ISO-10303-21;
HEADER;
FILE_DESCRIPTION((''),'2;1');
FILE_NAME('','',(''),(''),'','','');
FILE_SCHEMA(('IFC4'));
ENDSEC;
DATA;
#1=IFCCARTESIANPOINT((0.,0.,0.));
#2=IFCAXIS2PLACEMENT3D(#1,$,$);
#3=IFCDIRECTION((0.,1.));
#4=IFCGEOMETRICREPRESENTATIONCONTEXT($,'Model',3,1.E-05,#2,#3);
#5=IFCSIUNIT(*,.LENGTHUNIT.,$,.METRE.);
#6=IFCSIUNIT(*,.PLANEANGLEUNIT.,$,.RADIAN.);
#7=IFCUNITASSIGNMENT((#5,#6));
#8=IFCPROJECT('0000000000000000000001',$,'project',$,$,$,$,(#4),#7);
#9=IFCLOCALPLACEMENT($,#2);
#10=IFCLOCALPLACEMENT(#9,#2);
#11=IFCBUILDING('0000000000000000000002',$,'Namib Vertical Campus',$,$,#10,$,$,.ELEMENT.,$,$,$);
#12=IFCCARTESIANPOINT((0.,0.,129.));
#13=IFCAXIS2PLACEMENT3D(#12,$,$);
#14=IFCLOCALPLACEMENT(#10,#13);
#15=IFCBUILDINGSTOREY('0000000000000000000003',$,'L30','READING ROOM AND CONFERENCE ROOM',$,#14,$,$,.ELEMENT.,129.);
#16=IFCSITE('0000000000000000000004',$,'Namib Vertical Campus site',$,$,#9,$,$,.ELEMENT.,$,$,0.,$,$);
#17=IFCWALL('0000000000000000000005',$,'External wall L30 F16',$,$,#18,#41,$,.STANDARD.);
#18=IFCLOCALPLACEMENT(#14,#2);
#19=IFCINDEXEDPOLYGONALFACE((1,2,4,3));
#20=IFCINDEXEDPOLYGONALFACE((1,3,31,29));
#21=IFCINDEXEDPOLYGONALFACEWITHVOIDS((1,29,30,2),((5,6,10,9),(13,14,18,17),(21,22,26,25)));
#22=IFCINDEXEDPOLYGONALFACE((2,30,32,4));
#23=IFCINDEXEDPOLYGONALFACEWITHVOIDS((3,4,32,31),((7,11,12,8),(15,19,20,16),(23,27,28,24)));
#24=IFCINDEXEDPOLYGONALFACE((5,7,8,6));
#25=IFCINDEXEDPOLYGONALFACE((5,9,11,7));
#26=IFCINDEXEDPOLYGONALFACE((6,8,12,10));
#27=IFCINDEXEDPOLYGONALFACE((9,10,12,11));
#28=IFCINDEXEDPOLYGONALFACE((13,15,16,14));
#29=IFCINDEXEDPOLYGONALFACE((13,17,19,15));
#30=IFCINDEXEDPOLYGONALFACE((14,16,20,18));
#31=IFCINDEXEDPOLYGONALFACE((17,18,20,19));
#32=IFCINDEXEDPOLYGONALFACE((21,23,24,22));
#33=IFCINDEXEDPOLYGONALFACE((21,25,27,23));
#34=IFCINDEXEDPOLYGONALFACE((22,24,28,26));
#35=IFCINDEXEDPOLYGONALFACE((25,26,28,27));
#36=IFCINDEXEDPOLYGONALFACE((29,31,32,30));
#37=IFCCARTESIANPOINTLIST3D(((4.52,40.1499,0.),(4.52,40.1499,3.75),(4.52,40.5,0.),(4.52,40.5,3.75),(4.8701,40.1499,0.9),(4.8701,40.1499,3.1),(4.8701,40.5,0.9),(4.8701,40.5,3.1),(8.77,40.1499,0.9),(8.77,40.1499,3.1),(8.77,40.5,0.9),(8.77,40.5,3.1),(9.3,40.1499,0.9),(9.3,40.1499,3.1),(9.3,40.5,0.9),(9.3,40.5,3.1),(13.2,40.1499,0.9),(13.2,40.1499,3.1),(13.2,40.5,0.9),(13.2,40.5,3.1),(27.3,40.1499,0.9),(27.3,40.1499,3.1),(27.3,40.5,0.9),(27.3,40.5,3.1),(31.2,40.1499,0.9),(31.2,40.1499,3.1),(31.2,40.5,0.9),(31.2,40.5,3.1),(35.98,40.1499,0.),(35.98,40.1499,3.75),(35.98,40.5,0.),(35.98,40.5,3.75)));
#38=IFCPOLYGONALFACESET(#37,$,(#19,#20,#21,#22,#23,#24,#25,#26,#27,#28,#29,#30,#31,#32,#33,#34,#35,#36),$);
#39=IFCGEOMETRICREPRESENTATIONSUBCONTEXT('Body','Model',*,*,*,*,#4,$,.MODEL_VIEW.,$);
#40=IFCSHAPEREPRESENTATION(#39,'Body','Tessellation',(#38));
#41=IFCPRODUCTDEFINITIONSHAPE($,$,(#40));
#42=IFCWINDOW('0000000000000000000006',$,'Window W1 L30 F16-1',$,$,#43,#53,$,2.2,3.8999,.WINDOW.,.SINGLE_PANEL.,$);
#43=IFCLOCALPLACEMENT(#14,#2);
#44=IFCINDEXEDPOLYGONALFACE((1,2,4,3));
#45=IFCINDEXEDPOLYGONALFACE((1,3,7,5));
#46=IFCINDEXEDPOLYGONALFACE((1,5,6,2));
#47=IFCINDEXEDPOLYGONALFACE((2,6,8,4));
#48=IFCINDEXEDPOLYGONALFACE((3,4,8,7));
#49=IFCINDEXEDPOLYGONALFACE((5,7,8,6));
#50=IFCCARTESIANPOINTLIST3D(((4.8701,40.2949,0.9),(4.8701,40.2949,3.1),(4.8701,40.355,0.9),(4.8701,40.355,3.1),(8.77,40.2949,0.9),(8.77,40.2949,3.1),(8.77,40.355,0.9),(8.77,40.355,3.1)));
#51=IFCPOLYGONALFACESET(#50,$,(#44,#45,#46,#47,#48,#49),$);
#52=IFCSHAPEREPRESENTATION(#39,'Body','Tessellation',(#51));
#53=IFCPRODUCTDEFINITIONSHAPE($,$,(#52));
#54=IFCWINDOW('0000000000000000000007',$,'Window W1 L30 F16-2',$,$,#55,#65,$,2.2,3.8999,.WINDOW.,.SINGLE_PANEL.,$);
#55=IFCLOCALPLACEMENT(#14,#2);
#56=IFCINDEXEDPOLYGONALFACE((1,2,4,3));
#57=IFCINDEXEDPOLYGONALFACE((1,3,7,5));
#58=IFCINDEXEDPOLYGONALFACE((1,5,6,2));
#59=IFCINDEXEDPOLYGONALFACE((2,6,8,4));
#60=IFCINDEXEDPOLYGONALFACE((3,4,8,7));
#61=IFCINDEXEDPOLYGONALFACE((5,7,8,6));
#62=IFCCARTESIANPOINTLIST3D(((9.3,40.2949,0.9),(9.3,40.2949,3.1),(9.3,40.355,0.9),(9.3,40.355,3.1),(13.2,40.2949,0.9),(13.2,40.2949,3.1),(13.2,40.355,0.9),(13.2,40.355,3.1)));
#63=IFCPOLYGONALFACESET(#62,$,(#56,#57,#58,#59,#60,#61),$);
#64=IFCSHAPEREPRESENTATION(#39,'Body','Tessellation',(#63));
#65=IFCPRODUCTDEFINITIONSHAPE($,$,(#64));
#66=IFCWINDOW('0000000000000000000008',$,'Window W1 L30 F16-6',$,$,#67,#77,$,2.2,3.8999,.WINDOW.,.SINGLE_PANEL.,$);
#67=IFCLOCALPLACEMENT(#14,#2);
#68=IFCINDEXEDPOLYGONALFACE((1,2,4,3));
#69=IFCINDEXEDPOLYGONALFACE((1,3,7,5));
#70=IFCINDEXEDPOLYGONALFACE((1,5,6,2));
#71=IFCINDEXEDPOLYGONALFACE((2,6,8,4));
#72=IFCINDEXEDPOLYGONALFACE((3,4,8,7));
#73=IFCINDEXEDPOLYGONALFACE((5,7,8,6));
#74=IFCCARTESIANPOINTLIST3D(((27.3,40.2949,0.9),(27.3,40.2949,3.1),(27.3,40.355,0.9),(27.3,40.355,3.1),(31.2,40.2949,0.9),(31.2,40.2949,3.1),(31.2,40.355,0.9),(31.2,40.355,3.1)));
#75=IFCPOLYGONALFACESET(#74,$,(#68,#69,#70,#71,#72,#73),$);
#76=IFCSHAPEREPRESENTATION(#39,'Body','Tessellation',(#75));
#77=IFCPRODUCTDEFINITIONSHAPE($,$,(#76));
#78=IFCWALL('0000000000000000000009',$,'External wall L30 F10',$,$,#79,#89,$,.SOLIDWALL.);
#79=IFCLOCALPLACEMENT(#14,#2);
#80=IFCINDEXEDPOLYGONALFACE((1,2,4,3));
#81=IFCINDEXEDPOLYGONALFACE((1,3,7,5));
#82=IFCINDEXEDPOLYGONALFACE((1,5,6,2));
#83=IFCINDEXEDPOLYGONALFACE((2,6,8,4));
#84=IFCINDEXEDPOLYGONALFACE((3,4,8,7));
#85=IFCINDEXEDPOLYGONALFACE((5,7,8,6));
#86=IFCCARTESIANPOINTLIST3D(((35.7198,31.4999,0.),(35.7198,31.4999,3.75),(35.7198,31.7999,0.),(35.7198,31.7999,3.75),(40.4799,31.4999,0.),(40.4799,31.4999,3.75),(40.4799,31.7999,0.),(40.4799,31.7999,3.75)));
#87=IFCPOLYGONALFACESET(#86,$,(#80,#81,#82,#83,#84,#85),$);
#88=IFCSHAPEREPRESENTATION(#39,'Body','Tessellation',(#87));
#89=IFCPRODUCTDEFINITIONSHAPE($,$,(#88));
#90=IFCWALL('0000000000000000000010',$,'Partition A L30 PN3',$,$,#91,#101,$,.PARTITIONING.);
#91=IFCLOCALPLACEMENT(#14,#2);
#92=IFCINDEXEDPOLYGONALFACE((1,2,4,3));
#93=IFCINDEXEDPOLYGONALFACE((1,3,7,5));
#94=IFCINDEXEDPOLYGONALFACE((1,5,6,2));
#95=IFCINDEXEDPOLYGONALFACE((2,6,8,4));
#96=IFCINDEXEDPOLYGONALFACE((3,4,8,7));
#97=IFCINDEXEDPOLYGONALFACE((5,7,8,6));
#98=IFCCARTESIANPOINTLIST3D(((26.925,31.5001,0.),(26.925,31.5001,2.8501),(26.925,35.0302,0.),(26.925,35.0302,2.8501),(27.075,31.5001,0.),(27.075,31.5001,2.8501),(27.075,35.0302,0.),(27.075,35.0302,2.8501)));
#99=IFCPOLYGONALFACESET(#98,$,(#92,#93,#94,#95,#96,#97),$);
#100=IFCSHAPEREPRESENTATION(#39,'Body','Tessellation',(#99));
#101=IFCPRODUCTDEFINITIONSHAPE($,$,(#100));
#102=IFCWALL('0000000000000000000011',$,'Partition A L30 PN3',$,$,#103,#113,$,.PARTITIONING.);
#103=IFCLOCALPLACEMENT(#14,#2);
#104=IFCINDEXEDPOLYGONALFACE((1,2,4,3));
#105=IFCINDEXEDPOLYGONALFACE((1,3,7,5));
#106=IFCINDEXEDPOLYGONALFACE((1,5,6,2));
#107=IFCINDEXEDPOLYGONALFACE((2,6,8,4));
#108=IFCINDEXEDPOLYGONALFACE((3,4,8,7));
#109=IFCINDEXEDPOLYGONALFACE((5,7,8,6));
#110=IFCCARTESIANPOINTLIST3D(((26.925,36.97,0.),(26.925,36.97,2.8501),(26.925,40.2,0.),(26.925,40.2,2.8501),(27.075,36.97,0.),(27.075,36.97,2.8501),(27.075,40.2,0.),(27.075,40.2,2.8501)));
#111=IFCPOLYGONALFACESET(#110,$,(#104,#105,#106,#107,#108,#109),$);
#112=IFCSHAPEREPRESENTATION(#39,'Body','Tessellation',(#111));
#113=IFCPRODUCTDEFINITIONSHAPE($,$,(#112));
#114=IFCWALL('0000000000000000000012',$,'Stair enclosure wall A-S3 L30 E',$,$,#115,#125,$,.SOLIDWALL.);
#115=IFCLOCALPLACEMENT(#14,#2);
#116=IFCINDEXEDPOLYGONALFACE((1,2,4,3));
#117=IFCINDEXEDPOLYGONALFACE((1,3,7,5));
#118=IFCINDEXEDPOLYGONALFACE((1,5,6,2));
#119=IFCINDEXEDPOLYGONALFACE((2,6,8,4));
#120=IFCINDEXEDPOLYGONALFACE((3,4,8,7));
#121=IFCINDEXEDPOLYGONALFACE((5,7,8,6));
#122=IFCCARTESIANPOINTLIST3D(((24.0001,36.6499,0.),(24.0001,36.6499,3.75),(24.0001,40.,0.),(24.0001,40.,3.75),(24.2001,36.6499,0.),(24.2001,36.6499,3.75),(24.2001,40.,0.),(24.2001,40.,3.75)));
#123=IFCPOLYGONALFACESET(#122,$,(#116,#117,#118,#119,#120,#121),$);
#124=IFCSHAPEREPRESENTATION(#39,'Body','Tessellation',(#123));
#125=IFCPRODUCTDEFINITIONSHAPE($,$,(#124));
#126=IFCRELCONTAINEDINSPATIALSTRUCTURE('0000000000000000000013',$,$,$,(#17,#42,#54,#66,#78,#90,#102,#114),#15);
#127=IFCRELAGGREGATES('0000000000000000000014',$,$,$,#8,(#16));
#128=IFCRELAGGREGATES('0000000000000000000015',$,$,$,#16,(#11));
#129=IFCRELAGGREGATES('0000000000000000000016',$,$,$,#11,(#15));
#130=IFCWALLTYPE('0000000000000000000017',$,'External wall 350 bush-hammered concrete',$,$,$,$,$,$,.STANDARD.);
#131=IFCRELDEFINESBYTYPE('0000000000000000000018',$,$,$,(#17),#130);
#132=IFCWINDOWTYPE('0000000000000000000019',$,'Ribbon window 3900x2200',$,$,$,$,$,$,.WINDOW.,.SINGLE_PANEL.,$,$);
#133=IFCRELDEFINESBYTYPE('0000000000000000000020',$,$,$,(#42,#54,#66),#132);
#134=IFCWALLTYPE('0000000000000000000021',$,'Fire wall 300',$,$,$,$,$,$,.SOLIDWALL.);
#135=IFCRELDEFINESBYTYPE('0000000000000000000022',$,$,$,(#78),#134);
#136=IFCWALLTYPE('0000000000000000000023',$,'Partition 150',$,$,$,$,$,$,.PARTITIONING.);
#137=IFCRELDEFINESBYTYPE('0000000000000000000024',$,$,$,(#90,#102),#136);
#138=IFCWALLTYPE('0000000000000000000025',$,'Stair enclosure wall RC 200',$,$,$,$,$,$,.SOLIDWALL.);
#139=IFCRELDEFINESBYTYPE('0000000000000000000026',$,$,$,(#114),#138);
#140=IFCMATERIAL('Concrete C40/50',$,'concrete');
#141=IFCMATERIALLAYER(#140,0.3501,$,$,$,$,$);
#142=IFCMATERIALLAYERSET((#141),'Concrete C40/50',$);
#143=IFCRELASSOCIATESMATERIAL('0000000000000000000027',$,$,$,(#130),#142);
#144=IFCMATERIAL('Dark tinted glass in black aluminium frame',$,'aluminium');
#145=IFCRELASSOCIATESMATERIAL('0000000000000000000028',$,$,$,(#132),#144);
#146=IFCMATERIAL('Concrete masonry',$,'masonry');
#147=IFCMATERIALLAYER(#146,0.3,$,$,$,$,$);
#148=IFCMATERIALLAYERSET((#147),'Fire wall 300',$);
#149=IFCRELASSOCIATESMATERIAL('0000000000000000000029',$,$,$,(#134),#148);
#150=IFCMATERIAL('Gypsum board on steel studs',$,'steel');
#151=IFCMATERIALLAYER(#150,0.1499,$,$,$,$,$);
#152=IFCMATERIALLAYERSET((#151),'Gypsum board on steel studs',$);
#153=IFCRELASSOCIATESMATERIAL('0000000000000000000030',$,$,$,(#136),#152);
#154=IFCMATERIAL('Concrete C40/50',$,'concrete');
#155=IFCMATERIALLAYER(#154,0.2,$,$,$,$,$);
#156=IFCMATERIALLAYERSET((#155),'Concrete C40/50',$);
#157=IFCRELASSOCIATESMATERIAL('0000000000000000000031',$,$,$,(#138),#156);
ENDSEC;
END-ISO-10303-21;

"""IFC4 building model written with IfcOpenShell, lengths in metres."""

from ifc_helpers import new_model, si_unit, direction, frame, frame_2d, origin, place, context, subcontext, project, spatial, rectangle, extrude, material, layer, layer_set, type_object, element, fill, save


model = new_model("IFC4")

# Units and contexts
model_context = context("Model", 3, precision=1e-05, world=origin(), true_north=direction((0.0, 1.0)))
body_context = subcontext(model_context, "Body", "Model", "MODEL_VIEW")
ifc_project = project(units=[si_unit("LENGTHUNIT", "METRE"), si_unit("PLANEANGLEUNIT", "RADIAN")], contexts=[model_context])

# Site, building, storey
site_placement = place(None, origin())
site = spatial("IfcSite", under=ifc_project, at=site_placement, Name="Namib Vertical Campus site", CompositionType="ELEMENT", RefElevation=0.0)
building_placement = place(site_placement, origin())
building = spatial("IfcBuilding", under=site, at=building_placement, Name="Namib Vertical Campus", CompositionType="ELEMENT")
storey_placement = place(building_placement, frame((0.0, 0.0, 129.0)))
storey = spatial("IfcBuildingStorey", under=building, at=storey_placement, Name="L30", Description="READING ROOM AND CONFERENCE ROOM", CompositionType="ELEMENT", Elevation=129.0)

# Shared definitions
ifc_material_1 = material(Name="Concrete C40/50", Category="concrete")
ifc_layer_1 = layer(ifc_material_1, 0.3501)
ifc_layer_set_1 = layer_set([ifc_layer_1], Name="Concrete C40/50")
wall_type_1 = type_object("IfcWallType", Name="External wall 350 bush-hammered concrete", PredefinedType="STANDARD", material=ifc_layer_set_1)

# Wall, openings, windows
wall_1_placement = place(storey_placement, frame((35.98, 40.325, 0.0), z_axis=(0.0, 0.0, 1.0), x_axis=(-1.0, 0.0, 0.0)))
wall_1 = element("IfcWall", 1, at=wall_1_placement, inside=storey, type_object=wall_type_1, Name="External wall L30 F16", PredefinedType="STANDARD", context=body_context, shape_type="SweptSolid", body=[
    extrude(rectangle(XDim=31.46, YDim=0.3501, at=frame_2d((15.73, 0.0))), origin(), (0.0, 0.0, 1.0), 3.75),
])
opening_1_placement = place(wall_1_placement, frame((27.21, 0.0, 0.8999)))
opening_1 = element("IfcOpeningElement", 2, at=opening_1_placement, cuts=wall_1, PredefinedType="OPENING", context=body_context, shape_type="SweptSolid", body=[
    extrude(rectangle(XDim=3.8999, YDim=2.2, at=frame_2d((1.95, 1.1001))), frame((0.0, 0.1851, 0.0), z_axis=(0.0, -1.0, 0.0), x_axis=(1.0, 0.0, 0.0)), (0.0, 0.0, 1.0), 0.3701),
])
opening_2_placement = place(wall_1_placement, frame((22.78, 0.0, 0.8999)))
opening_2 = element("IfcOpeningElement", 3, at=opening_2_placement, cuts=wall_1, PredefinedType="OPENING", context=body_context, shape_type="SweptSolid", body=[
    extrude(rectangle(XDim=3.8999, YDim=2.2, at=frame_2d((1.95, 1.1001))), frame((0.0, 0.1851, 0.0), z_axis=(0.0, -1.0, 0.0), x_axis=(1.0, 0.0, 0.0)), (0.0, 0.0, 1.0), 0.3701),
])
opening_3_placement = place(wall_1_placement, frame((4.78, 0.0, 0.8999)))
opening_3 = element("IfcOpeningElement", 4, at=opening_3_placement, cuts=wall_1, PredefinedType="OPENING", context=body_context, shape_type="SweptSolid", body=[
    extrude(rectangle(XDim=3.8999, YDim=2.2, at=frame_2d((1.95, 1.1001))), frame((0.0, 0.1851, 0.0), z_axis=(0.0, -1.0, 0.0), x_axis=(1.0, 0.0, 0.0)), (0.0, 0.0, 1.0), 0.3701),
])
ifc_material_2 = material(Name="Dark tinted glass in black aluminium frame", Category="aluminium")
window_type = type_object("IfcWindowType", Name="Ribbon window 3900x2200", PartitioningType="SINGLE_PANEL", PredefinedType="WINDOW", material=ifc_material_2)
window_1_placement = place(opening_1_placement, origin())
window_1 = element("IfcWindow", 5, at=window_1_placement, inside=storey, type_object=window_type, Name="Window W1 L30 F16-1", OverallHeight=2.2, OverallWidth=3.8999, PartitioningType="SINGLE_PANEL", PredefinedType="WINDOW", context=body_context, shape_type="SweptSolid", body=[
    extrude(rectangle(XDim=3.8999, YDim=2.2, at=frame_2d((1.95, 1.1001))), frame((0.0, 0.03, 0.0), z_axis=(0.0, -1.0, 0.0), x_axis=(1.0, 0.0, 0.0)), (0.0, 0.0, 1.0), 0.0601),
])
fill(opening_1, window_1)
window_2_placement = place(opening_2_placement, origin())
window_2 = element("IfcWindow", 6, at=window_2_placement, inside=storey, type_object=window_type, Name="Window W1 L30 F16-2", OverallHeight=2.2, OverallWidth=3.8999, PartitioningType="SINGLE_PANEL", PredefinedType="WINDOW", context=body_context, shape_type="SweptSolid", body=[
    extrude(rectangle(XDim=3.8999, YDim=2.2, at=frame_2d((1.95, 1.1001))), frame((0.0, 0.03, 0.0), z_axis=(0.0, -1.0, 0.0), x_axis=(1.0, 0.0, 0.0)), (0.0, 0.0, 1.0), 0.0601),
])
fill(opening_2, window_2)
window_3_placement = place(opening_3_placement, origin())
window_3 = element("IfcWindow", 7, at=window_3_placement, inside=storey, type_object=window_type, Name="Window W1 L30 F16-6", OverallHeight=2.2, OverallWidth=3.8999, PartitioningType="SINGLE_PANEL", PredefinedType="WINDOW", context=body_context, shape_type="SweptSolid", body=[
    extrude(rectangle(XDim=3.8999, YDim=2.2, at=frame_2d((1.95, 1.1001))), frame((0.0, 0.03, 0.0), z_axis=(0.0, -1.0, 0.0), x_axis=(1.0, 0.0, 0.0)), (0.0, 0.0, 1.0), 0.0601),
])
fill(opening_3, window_3)

# Walls
ifc_material_3 = material(Name="Concrete masonry", Category="masonry")
ifc_layer_2 = layer(ifc_material_3, 0.3)
ifc_layer_set_2 = layer_set([ifc_layer_2], Name="Fire wall 300")
wall_type_2 = type_object("IfcWallType", Name="Fire wall 300", PredefinedType="SOLIDWALL", material=ifc_layer_set_2)
wall_2_placement = place(storey_placement, frame((35.72, 31.6499, 0.0), z_axis=(0.0, 0.0, 1.0), x_axis=(1.0, 0.0, 0.0)))
element("IfcWall", 8, at=wall_2_placement, inside=storey, type_object=wall_type_2, Name="External wall L30 F10", PredefinedType="SOLIDWALL", context=body_context, shape_type="SweptSolid", body=[
    extrude(rectangle(XDim=4.76, YDim=0.3, at=frame_2d((2.3799, 0.0))), origin(), (0.0, 0.0, 1.0), 3.75),
])
ifc_material_4 = material(Name="Gypsum board on steel studs", Category="steel")
ifc_layer_3 = layer(ifc_material_4, 0.1499)
ifc_layer_set_3 = layer_set([ifc_layer_3], Name="Gypsum board on steel studs")
wall_type_3 = type_object("IfcWallType", Name="Partition 150", PredefinedType="PARTITIONING", material=ifc_layer_set_3)
wall_3_placement = place(storey_placement, frame((27.0, 31.5, 0.0), z_axis=(0.0, 0.0, 1.0), x_axis=(0.0, 1.0, 0.0)))
element("IfcWall", 9, at=wall_3_placement, inside=storey, type_object=wall_type_3, Name="Partition A L30 PN3", PredefinedType="PARTITIONING", context=body_context, shape_type="SweptSolid", body=[
    extrude(rectangle(XDim=3.53, YDim=0.1499, at=frame_2d((1.7651, 0.0))), origin(), (0.0, 0.0, 1.0), 2.8501),
])
wall_4_placement = place(storey_placement, frame((27.0, 36.97, 0.0), z_axis=(0.0, 0.0, 1.0), x_axis=(0.0, 1.0, 0.0)))
element("IfcWall", 10, at=wall_4_placement, inside=storey, type_object=wall_type_3, Name="Partition A L30 PN3", PredefinedType="PARTITIONING", context=body_context, shape_type="SweptSolid", body=[
    extrude(rectangle(XDim=3.23, YDim=0.1499, at=frame_2d((1.615, 0.0))), origin(), (0.0, 0.0, 1.0), 2.8501),
])
ifc_material_5 = material(Name="Concrete C40/50", Category="concrete")
ifc_layer_4 = layer(ifc_material_5, 0.2)
ifc_layer_set_4 = layer_set([ifc_layer_4], Name="Concrete C40/50")
wall_type_4 = type_object("IfcWallType", Name="Stair enclosure wall RC 200", PredefinedType="SOLIDWALL", material=ifc_layer_set_4)
wall_5_placement = place(storey_placement, frame((24.1001, 36.6499, 0.0), z_axis=(0.0, 0.0, 1.0), x_axis=(0.0, 1.0, 0.0)))
element("IfcWall", 11, at=wall_5_placement, inside=storey, type_object=wall_type_4, Name="Stair enclosure wall A-S3 L30 E", PredefinedType="SOLIDWALL", context=body_context, shape_type="SweptSolid", body=[
    extrude(rectangle(XDim=3.3501, YDim=0.2, at=frame_2d((1.675, 0.0))), origin(), (0.0, 0.0, 1.0), 3.75),
])

save(model, "model.ifc")
